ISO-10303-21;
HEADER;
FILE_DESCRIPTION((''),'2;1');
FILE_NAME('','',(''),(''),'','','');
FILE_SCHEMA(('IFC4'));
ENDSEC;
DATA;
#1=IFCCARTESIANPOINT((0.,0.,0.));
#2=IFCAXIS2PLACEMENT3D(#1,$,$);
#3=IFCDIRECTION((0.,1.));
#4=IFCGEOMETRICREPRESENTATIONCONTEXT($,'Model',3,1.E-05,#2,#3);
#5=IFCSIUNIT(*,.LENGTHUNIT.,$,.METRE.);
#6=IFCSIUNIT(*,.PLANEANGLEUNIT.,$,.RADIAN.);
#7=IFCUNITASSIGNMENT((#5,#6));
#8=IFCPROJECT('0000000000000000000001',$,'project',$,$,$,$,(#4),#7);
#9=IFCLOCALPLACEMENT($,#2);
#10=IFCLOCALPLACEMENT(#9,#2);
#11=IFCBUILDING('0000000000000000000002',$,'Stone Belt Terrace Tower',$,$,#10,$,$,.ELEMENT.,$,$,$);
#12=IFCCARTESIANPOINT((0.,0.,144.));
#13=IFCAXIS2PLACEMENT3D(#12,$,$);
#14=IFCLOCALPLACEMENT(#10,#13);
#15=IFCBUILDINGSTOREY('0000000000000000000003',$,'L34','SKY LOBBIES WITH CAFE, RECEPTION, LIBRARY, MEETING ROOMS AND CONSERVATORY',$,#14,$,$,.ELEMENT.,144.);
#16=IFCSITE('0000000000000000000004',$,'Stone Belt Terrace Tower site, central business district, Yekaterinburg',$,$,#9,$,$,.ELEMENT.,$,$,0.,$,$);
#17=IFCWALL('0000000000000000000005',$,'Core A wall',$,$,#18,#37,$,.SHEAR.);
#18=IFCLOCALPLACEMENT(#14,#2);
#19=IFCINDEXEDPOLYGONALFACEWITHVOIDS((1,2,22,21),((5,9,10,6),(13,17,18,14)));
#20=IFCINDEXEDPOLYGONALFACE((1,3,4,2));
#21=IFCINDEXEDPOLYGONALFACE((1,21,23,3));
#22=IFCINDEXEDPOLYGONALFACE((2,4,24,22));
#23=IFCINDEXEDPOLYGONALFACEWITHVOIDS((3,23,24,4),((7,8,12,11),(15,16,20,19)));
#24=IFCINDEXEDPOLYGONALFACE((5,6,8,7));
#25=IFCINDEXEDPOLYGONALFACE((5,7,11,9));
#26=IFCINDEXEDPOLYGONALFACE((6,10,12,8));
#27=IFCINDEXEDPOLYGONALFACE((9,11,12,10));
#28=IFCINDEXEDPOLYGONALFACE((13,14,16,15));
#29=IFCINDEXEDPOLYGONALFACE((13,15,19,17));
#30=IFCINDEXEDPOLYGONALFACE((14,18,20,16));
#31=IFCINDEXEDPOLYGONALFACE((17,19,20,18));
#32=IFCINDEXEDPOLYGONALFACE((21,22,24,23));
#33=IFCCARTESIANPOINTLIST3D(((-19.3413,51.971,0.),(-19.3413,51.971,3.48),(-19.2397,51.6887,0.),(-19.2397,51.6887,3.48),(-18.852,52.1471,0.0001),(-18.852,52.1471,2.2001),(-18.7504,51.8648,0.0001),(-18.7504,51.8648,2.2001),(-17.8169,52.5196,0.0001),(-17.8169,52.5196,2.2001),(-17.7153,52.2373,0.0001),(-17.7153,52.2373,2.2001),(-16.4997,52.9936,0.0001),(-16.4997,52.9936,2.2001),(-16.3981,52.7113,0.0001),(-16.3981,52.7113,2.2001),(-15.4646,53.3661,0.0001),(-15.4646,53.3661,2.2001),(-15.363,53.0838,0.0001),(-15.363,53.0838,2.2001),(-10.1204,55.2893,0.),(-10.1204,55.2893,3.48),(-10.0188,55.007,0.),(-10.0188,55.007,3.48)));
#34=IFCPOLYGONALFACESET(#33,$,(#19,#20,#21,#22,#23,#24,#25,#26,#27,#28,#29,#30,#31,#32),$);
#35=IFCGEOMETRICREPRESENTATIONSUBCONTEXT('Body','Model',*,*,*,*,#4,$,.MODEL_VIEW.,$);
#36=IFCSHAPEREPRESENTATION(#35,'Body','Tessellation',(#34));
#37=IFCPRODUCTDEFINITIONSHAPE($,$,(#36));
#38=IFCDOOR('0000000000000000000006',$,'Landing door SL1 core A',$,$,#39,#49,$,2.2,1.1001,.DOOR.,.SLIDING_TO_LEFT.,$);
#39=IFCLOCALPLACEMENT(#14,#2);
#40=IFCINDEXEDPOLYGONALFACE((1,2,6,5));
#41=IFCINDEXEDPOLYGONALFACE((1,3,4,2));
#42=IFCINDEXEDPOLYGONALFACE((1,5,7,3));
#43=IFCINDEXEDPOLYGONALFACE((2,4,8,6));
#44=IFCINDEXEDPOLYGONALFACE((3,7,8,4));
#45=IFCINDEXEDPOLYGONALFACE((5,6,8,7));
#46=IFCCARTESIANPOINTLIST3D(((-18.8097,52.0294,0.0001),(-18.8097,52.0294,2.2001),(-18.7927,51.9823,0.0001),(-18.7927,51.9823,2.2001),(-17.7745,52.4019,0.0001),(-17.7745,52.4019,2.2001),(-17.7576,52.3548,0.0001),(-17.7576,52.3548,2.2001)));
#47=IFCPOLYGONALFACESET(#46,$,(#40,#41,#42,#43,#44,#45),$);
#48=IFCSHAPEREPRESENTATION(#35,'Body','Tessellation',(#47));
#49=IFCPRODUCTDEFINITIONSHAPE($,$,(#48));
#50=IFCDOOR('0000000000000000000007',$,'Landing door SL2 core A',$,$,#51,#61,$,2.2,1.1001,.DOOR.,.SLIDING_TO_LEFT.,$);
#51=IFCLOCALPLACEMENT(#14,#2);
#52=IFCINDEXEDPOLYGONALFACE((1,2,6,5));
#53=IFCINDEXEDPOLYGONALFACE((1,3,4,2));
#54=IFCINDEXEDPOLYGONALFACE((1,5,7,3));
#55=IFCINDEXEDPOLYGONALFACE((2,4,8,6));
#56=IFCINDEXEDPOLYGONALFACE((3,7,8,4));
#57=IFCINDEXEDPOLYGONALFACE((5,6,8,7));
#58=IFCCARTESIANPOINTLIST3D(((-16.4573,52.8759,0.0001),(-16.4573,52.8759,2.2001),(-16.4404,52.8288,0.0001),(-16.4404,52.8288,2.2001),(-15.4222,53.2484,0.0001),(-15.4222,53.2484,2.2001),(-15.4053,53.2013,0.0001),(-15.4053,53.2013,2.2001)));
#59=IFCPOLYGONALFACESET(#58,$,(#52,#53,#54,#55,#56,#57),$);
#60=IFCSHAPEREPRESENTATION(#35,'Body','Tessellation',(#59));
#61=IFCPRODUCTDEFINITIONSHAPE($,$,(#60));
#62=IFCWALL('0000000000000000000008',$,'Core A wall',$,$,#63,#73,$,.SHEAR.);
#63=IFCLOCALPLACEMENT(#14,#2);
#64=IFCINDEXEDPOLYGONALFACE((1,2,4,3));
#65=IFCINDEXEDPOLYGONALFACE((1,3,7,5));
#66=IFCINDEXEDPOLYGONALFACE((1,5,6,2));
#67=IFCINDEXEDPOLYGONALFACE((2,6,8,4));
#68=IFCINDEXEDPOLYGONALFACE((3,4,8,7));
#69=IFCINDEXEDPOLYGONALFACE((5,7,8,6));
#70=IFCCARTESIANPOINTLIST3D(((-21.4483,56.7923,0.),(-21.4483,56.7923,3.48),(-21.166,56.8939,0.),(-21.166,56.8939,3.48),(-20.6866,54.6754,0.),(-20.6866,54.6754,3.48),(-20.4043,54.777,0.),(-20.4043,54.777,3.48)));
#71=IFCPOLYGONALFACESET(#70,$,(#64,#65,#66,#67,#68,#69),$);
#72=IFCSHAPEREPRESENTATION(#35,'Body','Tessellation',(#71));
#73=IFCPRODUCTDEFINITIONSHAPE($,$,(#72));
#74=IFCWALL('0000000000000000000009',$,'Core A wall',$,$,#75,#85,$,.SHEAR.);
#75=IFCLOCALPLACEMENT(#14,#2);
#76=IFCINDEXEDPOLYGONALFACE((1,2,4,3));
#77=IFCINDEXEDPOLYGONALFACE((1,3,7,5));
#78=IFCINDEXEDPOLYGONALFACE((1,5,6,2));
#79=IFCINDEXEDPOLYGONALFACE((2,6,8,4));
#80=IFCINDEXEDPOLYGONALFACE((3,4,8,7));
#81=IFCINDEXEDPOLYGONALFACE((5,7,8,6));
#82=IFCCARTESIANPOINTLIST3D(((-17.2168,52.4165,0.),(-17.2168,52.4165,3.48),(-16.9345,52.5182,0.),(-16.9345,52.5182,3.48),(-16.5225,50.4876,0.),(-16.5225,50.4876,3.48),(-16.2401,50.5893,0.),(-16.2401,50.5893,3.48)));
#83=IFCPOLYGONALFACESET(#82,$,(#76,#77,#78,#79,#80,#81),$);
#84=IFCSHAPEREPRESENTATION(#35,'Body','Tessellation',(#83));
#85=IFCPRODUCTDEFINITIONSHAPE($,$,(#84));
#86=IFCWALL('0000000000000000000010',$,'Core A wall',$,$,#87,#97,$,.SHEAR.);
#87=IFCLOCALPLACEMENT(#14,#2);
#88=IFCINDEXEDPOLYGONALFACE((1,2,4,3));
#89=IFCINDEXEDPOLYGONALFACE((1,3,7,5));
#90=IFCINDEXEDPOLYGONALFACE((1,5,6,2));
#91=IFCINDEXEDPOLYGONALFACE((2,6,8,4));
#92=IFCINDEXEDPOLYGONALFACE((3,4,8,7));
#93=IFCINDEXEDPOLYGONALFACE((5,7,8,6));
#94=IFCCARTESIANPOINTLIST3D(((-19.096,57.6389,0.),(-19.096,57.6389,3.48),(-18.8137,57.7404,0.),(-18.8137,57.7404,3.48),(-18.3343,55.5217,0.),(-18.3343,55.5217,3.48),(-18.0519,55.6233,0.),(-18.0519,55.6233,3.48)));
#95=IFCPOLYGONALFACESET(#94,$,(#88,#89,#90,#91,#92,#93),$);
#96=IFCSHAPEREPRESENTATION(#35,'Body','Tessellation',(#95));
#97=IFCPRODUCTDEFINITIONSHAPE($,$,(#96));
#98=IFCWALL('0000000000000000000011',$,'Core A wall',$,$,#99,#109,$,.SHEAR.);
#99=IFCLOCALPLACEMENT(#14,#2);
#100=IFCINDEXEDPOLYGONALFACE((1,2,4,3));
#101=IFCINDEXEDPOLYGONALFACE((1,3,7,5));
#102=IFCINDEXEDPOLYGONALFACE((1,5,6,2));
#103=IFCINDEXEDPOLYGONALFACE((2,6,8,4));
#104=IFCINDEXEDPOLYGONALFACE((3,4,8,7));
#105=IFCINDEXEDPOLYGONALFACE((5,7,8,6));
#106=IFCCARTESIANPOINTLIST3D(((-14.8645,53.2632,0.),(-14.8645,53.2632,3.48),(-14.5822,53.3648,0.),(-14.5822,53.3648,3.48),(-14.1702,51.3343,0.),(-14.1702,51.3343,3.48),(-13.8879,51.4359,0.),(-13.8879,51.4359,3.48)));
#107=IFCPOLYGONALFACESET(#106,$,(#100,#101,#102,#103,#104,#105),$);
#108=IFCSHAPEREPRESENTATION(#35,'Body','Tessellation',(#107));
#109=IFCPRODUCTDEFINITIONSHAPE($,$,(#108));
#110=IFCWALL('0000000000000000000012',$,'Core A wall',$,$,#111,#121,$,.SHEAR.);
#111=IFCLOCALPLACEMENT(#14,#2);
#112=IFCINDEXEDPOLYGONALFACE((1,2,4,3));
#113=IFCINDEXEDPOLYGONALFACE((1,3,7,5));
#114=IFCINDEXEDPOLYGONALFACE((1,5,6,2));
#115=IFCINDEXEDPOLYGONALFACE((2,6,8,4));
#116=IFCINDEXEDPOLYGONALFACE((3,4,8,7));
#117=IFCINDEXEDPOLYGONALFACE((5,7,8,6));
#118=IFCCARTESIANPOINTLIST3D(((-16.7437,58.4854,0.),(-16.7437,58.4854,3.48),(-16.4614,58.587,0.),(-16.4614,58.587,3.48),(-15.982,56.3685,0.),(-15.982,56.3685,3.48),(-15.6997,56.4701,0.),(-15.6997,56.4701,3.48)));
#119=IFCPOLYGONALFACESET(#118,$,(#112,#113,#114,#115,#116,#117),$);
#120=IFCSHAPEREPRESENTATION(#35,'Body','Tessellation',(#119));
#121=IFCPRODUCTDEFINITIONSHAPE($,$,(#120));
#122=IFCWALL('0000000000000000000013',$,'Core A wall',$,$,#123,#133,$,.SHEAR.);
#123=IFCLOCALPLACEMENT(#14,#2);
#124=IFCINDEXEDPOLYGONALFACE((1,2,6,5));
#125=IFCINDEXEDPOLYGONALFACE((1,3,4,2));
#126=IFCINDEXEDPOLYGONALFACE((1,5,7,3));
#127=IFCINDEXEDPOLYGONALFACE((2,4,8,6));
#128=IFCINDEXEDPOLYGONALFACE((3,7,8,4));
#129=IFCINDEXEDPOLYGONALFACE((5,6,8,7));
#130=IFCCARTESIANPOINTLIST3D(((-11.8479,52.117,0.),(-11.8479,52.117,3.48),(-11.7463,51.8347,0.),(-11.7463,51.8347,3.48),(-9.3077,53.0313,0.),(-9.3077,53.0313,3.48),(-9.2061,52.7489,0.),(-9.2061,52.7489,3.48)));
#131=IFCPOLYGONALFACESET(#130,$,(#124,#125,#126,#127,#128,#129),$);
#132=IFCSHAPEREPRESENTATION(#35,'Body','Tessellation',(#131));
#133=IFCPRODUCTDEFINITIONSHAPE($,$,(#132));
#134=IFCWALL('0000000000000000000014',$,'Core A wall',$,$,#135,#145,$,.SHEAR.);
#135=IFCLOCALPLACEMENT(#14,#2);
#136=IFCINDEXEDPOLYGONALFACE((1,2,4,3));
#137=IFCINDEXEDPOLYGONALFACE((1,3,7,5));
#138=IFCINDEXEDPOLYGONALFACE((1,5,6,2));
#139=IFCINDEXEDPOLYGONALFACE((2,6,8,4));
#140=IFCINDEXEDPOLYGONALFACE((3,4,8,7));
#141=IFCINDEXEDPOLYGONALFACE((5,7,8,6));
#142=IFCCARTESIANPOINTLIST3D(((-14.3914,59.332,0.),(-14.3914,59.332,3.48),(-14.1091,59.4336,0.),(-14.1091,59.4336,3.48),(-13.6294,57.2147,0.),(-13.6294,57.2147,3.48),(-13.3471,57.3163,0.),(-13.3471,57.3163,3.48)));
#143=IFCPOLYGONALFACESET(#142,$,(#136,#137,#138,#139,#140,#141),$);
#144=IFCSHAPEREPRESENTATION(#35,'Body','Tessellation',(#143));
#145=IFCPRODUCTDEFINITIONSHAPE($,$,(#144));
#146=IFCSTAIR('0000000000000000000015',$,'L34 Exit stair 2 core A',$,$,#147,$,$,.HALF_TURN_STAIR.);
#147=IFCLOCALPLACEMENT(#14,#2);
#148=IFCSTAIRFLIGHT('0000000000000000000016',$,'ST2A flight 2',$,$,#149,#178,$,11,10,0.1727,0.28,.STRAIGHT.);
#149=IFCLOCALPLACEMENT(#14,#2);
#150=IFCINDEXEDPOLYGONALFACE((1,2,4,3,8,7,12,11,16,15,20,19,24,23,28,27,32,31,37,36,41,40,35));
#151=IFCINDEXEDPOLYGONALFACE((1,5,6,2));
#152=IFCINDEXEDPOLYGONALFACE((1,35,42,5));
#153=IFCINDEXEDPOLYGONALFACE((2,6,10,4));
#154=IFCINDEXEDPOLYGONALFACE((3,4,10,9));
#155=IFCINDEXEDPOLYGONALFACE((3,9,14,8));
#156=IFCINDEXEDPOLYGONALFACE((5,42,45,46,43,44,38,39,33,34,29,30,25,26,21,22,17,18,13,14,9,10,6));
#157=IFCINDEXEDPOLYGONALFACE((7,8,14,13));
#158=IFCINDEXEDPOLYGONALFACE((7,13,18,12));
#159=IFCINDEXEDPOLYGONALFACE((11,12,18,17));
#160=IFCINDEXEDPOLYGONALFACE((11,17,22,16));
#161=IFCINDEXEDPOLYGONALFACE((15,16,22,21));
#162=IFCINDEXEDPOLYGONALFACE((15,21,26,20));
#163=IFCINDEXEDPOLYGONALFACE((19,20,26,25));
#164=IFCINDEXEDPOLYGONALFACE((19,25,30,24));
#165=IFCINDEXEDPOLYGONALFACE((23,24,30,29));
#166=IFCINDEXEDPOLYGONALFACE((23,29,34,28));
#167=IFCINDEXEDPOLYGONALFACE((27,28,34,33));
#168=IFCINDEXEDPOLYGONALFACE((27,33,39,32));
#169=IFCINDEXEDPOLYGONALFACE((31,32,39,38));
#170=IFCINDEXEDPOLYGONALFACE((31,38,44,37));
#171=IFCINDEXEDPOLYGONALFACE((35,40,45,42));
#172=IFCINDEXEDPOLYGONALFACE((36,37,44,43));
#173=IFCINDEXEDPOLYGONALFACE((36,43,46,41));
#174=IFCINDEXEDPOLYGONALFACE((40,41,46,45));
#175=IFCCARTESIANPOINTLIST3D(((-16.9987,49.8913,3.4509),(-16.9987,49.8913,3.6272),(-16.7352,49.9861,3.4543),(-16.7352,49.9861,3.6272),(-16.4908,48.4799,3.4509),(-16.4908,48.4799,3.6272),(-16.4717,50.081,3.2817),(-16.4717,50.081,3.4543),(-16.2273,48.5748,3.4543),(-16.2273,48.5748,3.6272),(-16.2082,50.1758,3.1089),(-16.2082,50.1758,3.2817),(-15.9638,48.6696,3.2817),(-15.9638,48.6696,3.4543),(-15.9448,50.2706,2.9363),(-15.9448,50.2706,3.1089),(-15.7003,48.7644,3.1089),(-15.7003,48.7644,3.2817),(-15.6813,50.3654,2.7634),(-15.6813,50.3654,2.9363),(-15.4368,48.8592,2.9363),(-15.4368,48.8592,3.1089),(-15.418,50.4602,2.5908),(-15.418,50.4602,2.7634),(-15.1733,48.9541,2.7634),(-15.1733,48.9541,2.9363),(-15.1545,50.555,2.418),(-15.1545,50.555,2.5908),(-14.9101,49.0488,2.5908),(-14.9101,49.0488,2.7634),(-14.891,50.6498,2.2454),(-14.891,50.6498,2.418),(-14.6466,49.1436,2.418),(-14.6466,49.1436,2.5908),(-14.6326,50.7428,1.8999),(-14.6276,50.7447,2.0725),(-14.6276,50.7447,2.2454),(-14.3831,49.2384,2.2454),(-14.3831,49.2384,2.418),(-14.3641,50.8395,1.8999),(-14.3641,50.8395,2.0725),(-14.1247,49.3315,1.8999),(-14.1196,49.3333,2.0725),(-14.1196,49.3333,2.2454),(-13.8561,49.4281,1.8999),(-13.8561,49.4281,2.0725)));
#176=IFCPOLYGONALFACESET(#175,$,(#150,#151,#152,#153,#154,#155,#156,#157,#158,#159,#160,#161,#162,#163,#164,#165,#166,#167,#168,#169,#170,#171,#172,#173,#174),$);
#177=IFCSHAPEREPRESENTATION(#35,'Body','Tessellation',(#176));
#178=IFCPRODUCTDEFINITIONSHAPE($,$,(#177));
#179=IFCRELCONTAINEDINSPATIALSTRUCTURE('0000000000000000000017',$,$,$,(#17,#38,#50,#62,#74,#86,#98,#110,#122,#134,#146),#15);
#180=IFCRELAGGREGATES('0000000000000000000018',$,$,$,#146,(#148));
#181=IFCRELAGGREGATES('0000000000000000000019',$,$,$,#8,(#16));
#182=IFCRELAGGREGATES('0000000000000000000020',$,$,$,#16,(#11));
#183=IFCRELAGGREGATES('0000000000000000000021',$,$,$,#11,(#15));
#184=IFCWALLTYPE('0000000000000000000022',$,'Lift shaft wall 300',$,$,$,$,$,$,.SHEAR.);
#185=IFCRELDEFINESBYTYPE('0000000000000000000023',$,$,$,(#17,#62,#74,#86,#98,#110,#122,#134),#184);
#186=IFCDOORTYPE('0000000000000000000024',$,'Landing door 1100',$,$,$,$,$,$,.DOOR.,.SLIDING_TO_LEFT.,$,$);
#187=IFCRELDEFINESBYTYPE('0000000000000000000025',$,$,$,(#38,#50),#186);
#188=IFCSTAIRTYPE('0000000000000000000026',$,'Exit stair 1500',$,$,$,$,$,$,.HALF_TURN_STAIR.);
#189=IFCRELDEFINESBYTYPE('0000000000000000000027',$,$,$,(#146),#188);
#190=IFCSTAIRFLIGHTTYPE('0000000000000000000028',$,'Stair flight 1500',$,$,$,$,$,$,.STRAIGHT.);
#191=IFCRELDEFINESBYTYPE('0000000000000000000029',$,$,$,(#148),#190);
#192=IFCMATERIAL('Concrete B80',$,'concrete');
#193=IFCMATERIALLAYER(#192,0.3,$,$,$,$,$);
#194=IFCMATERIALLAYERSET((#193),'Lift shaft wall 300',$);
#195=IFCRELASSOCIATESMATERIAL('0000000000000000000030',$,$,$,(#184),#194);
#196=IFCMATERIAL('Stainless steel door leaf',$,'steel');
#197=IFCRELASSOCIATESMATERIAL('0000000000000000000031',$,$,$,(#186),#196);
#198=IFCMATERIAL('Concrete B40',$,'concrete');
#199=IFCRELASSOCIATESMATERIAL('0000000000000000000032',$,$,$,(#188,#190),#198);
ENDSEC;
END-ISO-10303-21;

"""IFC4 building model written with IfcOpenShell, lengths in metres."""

from ifc_helpers import new_model, si_unit, direction, frame, frame_2d, origin, place, context, subcontext, project, spatial, polyline, rectangle, outline, extrude, material, layer, layer_set, type_object, element, fill, aggregate, save


model = new_model("IFC4")

# Units and contexts
model_context = context("Model", 3, precision=1e-05, world=origin(), true_north=direction((0.0, 1.0)))
body_context = subcontext(model_context, "Body", "Model", "MODEL_VIEW")
ifc_project = project(units=[si_unit("LENGTHUNIT", "METRE"), si_unit("PLANEANGLEUNIT", "RADIAN")], contexts=[model_context])

# Site, building, storey
site_placement = place(None, origin())
site = spatial("IfcSite", under=ifc_project, at=site_placement, Name="Stone Belt Terrace Tower site, central business district, Yekaterinburg", CompositionType="ELEMENT", RefElevation=0.0)
building_placement = place(site_placement, origin())
building = spatial("IfcBuilding", under=site, at=building_placement, Name="Stone Belt Terrace Tower", CompositionType="ELEMENT")
storey_placement = place(building_placement, frame((0.0, 0.0, 144.0)))
storey = spatial("IfcBuildingStorey", under=building, at=storey_placement, Name="L34", Description="SKY LOBBIES WITH CAFE, RECEPTION, LIBRARY, MEETING ROOMS AND CONSERVATORY", CompositionType="ELEMENT", Elevation=144.0)

# Shared definitions
ifc_material_1 = material(Name="Concrete B80", Category="concrete")

# Wall, openings, doors
ifc_layer_1 = layer(ifc_material_1, 0.3)
ifc_layer_set_1 = layer_set([ifc_layer_1], Name="Lift shaft wall 300")
wall_type_1 = type_object("IfcWallType", Name="Lift shaft wall 300", PredefinedType="SHEAR", material=ifc_layer_set_1)
wall_1_placement = place(storey_placement, frame((-19.2905, 51.8298, 0.0), z_axis=(0.0, 0.0, 1.0), x_axis=(0.940926, 0.338613, 0.0)))
wall_1 = element("IfcWall", 1, at=wall_1_placement, inside=storey, type_object=wall_type_1, Name="Core A wall", PredefinedType="SHEAR", context=body_context, shape_type="SweptSolid", body=[
    extrude(rectangle(XDim=9.7998, YDim=0.3, at=frame_2d((4.8999, 0.0))), origin(), (0.0, 0.0, 1.0), 3.48),
])
opening_1_placement = place(wall_1_placement, frame((0.52, 0.0, 0.0)))
opening_1 = element("IfcOpeningElement", 2, at=opening_1_placement, cuts=wall_1, PredefinedType="OPENING", context=body_context, shape_type="SweptSolid", body=[
    extrude(rectangle(XDim=1.1001, YDim=2.2, at=frame_2d((0.55, 1.1001))), frame((0.0, 0.1599, 0.0), z_axis=(0.0, -1.0, 0.0), x_axis=(1.0, 0.0, 0.0)), (0.0, 0.0, 1.0), 0.3201),
])
opening_2_placement = place(wall_1_placement, frame((3.02, 0.0, 0.0)))
opening_2 = element("IfcOpeningElement", 3, at=opening_2_placement, cuts=wall_1, PredefinedType="OPENING", context=body_context, shape_type="SweptSolid", body=[
    extrude(rectangle(XDim=1.1001, YDim=2.2, at=frame_2d((0.55, 1.1001))), frame((0.0, 0.1599, 0.0), z_axis=(0.0, -1.0, 0.0), x_axis=(1.0, 0.0, 0.0)), (0.0, 0.0, 1.0), 0.3201),
])
ifc_material_2 = material(Name="Stainless steel door leaf", Category="steel")
door_type_1 = type_object("IfcDoorType", Name="Landing door 1100", OperationType="SLIDING_TO_LEFT", PredefinedType="DOOR", material=ifc_material_2)
door_1_placement = place(opening_1_placement, origin())
door_1 = element("IfcDoor", 4, at=door_1_placement, inside=storey, type_object=door_type_1, Name="Landing door SL1 core A", OperationType="SLIDING_TO_LEFT", OverallHeight=2.2, OverallWidth=1.1001, PredefinedType="DOOR", context=body_context, shape_type="SweptSolid", body=[
    extrude(rectangle(XDim=1.1001, YDim=2.2, at=frame_2d((0.55, 1.1001))), frame((0.0, 0.0249, 0.0), z_axis=(0.0, -1.0, 0.0), x_axis=(1.0, 0.0, 0.0)), (0.0, 0.0, 1.0), 0.05),
])
fill(opening_1, door_1)
door_2_placement = place(opening_2_placement, origin())
door_2 = element("IfcDoor", 5, at=door_2_placement, inside=storey, type_object=door_type_1, Name="Landing door SL2 core A", OperationType="SLIDING_TO_LEFT", OverallHeight=2.2, OverallWidth=1.1001, PredefinedType="DOOR", context=body_context, shape_type="SweptSolid", body=[
    extrude(rectangle(XDim=1.1001, YDim=2.2, at=frame_2d((0.55, 1.1001))), frame((0.0, 0.0249, 0.0), z_axis=(0.0, -1.0, 0.0), x_axis=(1.0, 0.0, 0.0)), (0.0, 0.0, 1.0), 0.05),
])
fill(opening_2, door_2)

# Walls
wall_2_placement = place(storey_placement, frame((-20.5454, 54.7261, 0.0), z_axis=(0.0, 0.0, 1.0), x_axis=(-0.33857, 0.940941, 0.0)))
element("IfcWall", 6, at=wall_2_placement, inside=storey, type_object=wall_type_1, Name="Core A wall", PredefinedType="SHEAR", context=body_context, shape_type="SweptSolid", body=[
    extrude(rectangle(XDim=2.2498, YDim=0.3, at=frame_2d((1.125, 0.0))), origin(), (0.0, 0.0, 1.0), 3.48),
])
wall_3_placement = place(storey_placement, frame((-16.3813, 50.5386, 0.0), z_axis=(0.0, 0.0, 1.0), x_axis=(-0.338682, 0.940901, 0.0)))
element("IfcWall", 7, at=wall_3_placement, inside=storey, type_object=wall_type_1, Name="Core A wall", PredefinedType="SHEAR", context=body_context, shape_type="SweptSolid", body=[
    extrude(rectangle(XDim=2.05, YDim=0.3, at=frame_2d((1.0249, 0.0))), origin(), (0.0, 0.0, 1.0), 3.48),
])
wall_4_placement = place(storey_placement, frame((-18.1931, 55.5725, 0.0), z_axis=(0.0, 0.0, 1.0), x_axis=(-0.338535, 0.940954, 0.0)))
element("IfcWall", 8, at=wall_4_placement, inside=storey, type_object=wall_type_1, Name="Core A wall", PredefinedType="SHEAR", context=body_context, shape_type="SweptSolid", body=[
    extrude(rectangle(XDim=2.25, YDim=0.3, at=frame_2d((1.125, 0.0))), origin(), (0.0, 0.0, 1.0), 3.48),
])
wall_5_placement = place(storey_placement, frame((-14.0291, 51.3853, 0.0), z_axis=(0.0, 0.0, 1.0), x_axis=(-0.338682, 0.940901, 0.0)))
element("IfcWall", 9, at=wall_5_placement, inside=storey, type_object=wall_type_1, Name="Core A wall", PredefinedType="SHEAR", context=body_context, shape_type="SweptSolid", body=[
    extrude(rectangle(XDim=2.05, YDim=0.3, at=frame_2d((1.0249, 0.0))), origin(), (0.0, 0.0, 1.0), 3.48),
])
wall_6_placement = place(storey_placement, frame((-15.8408, 56.4192, 0.0), z_axis=(0.0, 0.0, 1.0), x_axis=(-0.33857, 0.940941, 0.0)))
element("IfcWall", 10, at=wall_6_placement, inside=storey, type_object=wall_type_1, Name="Core A wall", PredefinedType="SHEAR", context=body_context, shape_type="SweptSolid", body=[
    extrude(rectangle(XDim=2.2498, YDim=0.3, at=frame_2d((1.125, 0.0))), origin(), (0.0, 0.0, 1.0), 3.48),
])
wall_7_placement = place(storey_placement, frame((-11.7971, 51.9758, 0.0), z_axis=(0.0, 0.0, 1.0), x_axis=(0.94091, 0.338655, 0.0)))
element("IfcWall", 11, at=wall_7_placement, inside=storey, type_object=wall_type_1, Name="Core A wall", PredefinedType="SHEAR", context=body_context, shape_type="SweptSolid", body=[
    extrude(rectangle(XDim=2.6997, YDim=0.3, at=frame_2d((1.3499, 0.0))), origin(), (0.0, 0.0, 1.0), 3.48),
])
wall_8_placement = place(storey_placement, frame((-13.4883, 57.2656, 0.0), z_axis=(0.0, 0.0, 1.0), x_axis=(-0.338631, 0.940919, 0.0)))
element("IfcWall", 12, at=wall_8_placement, inside=storey, type_object=wall_type_1, Name="Core A wall", PredefinedType="SHEAR", context=body_context, shape_type="SweptSolid", body=[
    extrude(rectangle(XDim=2.2502, YDim=0.3, at=frame_2d((1.125, 0.0))), origin(), (0.0, 0.0, 1.0), 3.48),
])

# Stair, stair flight
ifc_material_3 = material(Name="Concrete B40", Category="concrete")
stair_type = type_object("IfcStairType", Name="Exit stair 1500", PredefinedType="HALF_TURN_STAIR", material=ifc_material_3)
stair_placement = place(storey_placement, origin())
stair = element("IfcStair", 13, at=stair_placement, inside=storey, type_object=stair_type, Name="L34 Exit stair 2 core A", PredefinedType="HALF_TURN_STAIR")
stair_flight_type = type_object("IfcStairFlightType", Name="Stair flight 1500", PredefinedType="STRAIGHT", material=ifc_material_3)
stair_flight_placement = place(storey_placement, frame((-14.1101, 50.1338, 1.8999), z_axis=(0.0, 0.0, 1.0), x_axis=(-0.940922, -0.338624, 0.0)))
stair_flight = element("IfcStairFlight", 14, at=stair_flight_placement, type_object=stair_flight_type, Name="ST2A flight 2", NumberOfRisers=11, NumberOfTreads=10, PredefinedType="STRAIGHT", RiserHeight=0.1727, TreadLength=0.28, context=body_context, shape_type="SweptSolid", body=[
    extrude(outline(polyline([(0.0, 0.0), (0.0, 0.1726), (0.28, 0.1726), (0.28, 0.3455), (0.5601, 0.3455), (0.5601, 0.5181), (0.8401, 0.5181), (0.8401, 0.6909), (1.1201, 0.6909), (1.1201, 0.8635), (1.3999, 0.8635), (1.3999, 1.0364), (1.6799, 1.0364), (1.6799, 1.209), (1.96, 1.209), (1.96, 1.3818), (2.24, 1.3818), (2.24, 1.5544), (2.52, 1.5544), (2.52, 1.7273), (2.8, 1.7273), (2.8, 1.8999), (2.8, 1.551), (0.2854, 0.0), (0.0, 0.0)])), frame((0.0, 0.75, 0.0), z_axis=(0.0, -1.0, 0.0), x_axis=(1.0, 0.0, 0.0)), (0.0, 0.0, 1.0), 1.5),
])
aggregate(stair, [stair_flight])

save(model, "model.ifc")
